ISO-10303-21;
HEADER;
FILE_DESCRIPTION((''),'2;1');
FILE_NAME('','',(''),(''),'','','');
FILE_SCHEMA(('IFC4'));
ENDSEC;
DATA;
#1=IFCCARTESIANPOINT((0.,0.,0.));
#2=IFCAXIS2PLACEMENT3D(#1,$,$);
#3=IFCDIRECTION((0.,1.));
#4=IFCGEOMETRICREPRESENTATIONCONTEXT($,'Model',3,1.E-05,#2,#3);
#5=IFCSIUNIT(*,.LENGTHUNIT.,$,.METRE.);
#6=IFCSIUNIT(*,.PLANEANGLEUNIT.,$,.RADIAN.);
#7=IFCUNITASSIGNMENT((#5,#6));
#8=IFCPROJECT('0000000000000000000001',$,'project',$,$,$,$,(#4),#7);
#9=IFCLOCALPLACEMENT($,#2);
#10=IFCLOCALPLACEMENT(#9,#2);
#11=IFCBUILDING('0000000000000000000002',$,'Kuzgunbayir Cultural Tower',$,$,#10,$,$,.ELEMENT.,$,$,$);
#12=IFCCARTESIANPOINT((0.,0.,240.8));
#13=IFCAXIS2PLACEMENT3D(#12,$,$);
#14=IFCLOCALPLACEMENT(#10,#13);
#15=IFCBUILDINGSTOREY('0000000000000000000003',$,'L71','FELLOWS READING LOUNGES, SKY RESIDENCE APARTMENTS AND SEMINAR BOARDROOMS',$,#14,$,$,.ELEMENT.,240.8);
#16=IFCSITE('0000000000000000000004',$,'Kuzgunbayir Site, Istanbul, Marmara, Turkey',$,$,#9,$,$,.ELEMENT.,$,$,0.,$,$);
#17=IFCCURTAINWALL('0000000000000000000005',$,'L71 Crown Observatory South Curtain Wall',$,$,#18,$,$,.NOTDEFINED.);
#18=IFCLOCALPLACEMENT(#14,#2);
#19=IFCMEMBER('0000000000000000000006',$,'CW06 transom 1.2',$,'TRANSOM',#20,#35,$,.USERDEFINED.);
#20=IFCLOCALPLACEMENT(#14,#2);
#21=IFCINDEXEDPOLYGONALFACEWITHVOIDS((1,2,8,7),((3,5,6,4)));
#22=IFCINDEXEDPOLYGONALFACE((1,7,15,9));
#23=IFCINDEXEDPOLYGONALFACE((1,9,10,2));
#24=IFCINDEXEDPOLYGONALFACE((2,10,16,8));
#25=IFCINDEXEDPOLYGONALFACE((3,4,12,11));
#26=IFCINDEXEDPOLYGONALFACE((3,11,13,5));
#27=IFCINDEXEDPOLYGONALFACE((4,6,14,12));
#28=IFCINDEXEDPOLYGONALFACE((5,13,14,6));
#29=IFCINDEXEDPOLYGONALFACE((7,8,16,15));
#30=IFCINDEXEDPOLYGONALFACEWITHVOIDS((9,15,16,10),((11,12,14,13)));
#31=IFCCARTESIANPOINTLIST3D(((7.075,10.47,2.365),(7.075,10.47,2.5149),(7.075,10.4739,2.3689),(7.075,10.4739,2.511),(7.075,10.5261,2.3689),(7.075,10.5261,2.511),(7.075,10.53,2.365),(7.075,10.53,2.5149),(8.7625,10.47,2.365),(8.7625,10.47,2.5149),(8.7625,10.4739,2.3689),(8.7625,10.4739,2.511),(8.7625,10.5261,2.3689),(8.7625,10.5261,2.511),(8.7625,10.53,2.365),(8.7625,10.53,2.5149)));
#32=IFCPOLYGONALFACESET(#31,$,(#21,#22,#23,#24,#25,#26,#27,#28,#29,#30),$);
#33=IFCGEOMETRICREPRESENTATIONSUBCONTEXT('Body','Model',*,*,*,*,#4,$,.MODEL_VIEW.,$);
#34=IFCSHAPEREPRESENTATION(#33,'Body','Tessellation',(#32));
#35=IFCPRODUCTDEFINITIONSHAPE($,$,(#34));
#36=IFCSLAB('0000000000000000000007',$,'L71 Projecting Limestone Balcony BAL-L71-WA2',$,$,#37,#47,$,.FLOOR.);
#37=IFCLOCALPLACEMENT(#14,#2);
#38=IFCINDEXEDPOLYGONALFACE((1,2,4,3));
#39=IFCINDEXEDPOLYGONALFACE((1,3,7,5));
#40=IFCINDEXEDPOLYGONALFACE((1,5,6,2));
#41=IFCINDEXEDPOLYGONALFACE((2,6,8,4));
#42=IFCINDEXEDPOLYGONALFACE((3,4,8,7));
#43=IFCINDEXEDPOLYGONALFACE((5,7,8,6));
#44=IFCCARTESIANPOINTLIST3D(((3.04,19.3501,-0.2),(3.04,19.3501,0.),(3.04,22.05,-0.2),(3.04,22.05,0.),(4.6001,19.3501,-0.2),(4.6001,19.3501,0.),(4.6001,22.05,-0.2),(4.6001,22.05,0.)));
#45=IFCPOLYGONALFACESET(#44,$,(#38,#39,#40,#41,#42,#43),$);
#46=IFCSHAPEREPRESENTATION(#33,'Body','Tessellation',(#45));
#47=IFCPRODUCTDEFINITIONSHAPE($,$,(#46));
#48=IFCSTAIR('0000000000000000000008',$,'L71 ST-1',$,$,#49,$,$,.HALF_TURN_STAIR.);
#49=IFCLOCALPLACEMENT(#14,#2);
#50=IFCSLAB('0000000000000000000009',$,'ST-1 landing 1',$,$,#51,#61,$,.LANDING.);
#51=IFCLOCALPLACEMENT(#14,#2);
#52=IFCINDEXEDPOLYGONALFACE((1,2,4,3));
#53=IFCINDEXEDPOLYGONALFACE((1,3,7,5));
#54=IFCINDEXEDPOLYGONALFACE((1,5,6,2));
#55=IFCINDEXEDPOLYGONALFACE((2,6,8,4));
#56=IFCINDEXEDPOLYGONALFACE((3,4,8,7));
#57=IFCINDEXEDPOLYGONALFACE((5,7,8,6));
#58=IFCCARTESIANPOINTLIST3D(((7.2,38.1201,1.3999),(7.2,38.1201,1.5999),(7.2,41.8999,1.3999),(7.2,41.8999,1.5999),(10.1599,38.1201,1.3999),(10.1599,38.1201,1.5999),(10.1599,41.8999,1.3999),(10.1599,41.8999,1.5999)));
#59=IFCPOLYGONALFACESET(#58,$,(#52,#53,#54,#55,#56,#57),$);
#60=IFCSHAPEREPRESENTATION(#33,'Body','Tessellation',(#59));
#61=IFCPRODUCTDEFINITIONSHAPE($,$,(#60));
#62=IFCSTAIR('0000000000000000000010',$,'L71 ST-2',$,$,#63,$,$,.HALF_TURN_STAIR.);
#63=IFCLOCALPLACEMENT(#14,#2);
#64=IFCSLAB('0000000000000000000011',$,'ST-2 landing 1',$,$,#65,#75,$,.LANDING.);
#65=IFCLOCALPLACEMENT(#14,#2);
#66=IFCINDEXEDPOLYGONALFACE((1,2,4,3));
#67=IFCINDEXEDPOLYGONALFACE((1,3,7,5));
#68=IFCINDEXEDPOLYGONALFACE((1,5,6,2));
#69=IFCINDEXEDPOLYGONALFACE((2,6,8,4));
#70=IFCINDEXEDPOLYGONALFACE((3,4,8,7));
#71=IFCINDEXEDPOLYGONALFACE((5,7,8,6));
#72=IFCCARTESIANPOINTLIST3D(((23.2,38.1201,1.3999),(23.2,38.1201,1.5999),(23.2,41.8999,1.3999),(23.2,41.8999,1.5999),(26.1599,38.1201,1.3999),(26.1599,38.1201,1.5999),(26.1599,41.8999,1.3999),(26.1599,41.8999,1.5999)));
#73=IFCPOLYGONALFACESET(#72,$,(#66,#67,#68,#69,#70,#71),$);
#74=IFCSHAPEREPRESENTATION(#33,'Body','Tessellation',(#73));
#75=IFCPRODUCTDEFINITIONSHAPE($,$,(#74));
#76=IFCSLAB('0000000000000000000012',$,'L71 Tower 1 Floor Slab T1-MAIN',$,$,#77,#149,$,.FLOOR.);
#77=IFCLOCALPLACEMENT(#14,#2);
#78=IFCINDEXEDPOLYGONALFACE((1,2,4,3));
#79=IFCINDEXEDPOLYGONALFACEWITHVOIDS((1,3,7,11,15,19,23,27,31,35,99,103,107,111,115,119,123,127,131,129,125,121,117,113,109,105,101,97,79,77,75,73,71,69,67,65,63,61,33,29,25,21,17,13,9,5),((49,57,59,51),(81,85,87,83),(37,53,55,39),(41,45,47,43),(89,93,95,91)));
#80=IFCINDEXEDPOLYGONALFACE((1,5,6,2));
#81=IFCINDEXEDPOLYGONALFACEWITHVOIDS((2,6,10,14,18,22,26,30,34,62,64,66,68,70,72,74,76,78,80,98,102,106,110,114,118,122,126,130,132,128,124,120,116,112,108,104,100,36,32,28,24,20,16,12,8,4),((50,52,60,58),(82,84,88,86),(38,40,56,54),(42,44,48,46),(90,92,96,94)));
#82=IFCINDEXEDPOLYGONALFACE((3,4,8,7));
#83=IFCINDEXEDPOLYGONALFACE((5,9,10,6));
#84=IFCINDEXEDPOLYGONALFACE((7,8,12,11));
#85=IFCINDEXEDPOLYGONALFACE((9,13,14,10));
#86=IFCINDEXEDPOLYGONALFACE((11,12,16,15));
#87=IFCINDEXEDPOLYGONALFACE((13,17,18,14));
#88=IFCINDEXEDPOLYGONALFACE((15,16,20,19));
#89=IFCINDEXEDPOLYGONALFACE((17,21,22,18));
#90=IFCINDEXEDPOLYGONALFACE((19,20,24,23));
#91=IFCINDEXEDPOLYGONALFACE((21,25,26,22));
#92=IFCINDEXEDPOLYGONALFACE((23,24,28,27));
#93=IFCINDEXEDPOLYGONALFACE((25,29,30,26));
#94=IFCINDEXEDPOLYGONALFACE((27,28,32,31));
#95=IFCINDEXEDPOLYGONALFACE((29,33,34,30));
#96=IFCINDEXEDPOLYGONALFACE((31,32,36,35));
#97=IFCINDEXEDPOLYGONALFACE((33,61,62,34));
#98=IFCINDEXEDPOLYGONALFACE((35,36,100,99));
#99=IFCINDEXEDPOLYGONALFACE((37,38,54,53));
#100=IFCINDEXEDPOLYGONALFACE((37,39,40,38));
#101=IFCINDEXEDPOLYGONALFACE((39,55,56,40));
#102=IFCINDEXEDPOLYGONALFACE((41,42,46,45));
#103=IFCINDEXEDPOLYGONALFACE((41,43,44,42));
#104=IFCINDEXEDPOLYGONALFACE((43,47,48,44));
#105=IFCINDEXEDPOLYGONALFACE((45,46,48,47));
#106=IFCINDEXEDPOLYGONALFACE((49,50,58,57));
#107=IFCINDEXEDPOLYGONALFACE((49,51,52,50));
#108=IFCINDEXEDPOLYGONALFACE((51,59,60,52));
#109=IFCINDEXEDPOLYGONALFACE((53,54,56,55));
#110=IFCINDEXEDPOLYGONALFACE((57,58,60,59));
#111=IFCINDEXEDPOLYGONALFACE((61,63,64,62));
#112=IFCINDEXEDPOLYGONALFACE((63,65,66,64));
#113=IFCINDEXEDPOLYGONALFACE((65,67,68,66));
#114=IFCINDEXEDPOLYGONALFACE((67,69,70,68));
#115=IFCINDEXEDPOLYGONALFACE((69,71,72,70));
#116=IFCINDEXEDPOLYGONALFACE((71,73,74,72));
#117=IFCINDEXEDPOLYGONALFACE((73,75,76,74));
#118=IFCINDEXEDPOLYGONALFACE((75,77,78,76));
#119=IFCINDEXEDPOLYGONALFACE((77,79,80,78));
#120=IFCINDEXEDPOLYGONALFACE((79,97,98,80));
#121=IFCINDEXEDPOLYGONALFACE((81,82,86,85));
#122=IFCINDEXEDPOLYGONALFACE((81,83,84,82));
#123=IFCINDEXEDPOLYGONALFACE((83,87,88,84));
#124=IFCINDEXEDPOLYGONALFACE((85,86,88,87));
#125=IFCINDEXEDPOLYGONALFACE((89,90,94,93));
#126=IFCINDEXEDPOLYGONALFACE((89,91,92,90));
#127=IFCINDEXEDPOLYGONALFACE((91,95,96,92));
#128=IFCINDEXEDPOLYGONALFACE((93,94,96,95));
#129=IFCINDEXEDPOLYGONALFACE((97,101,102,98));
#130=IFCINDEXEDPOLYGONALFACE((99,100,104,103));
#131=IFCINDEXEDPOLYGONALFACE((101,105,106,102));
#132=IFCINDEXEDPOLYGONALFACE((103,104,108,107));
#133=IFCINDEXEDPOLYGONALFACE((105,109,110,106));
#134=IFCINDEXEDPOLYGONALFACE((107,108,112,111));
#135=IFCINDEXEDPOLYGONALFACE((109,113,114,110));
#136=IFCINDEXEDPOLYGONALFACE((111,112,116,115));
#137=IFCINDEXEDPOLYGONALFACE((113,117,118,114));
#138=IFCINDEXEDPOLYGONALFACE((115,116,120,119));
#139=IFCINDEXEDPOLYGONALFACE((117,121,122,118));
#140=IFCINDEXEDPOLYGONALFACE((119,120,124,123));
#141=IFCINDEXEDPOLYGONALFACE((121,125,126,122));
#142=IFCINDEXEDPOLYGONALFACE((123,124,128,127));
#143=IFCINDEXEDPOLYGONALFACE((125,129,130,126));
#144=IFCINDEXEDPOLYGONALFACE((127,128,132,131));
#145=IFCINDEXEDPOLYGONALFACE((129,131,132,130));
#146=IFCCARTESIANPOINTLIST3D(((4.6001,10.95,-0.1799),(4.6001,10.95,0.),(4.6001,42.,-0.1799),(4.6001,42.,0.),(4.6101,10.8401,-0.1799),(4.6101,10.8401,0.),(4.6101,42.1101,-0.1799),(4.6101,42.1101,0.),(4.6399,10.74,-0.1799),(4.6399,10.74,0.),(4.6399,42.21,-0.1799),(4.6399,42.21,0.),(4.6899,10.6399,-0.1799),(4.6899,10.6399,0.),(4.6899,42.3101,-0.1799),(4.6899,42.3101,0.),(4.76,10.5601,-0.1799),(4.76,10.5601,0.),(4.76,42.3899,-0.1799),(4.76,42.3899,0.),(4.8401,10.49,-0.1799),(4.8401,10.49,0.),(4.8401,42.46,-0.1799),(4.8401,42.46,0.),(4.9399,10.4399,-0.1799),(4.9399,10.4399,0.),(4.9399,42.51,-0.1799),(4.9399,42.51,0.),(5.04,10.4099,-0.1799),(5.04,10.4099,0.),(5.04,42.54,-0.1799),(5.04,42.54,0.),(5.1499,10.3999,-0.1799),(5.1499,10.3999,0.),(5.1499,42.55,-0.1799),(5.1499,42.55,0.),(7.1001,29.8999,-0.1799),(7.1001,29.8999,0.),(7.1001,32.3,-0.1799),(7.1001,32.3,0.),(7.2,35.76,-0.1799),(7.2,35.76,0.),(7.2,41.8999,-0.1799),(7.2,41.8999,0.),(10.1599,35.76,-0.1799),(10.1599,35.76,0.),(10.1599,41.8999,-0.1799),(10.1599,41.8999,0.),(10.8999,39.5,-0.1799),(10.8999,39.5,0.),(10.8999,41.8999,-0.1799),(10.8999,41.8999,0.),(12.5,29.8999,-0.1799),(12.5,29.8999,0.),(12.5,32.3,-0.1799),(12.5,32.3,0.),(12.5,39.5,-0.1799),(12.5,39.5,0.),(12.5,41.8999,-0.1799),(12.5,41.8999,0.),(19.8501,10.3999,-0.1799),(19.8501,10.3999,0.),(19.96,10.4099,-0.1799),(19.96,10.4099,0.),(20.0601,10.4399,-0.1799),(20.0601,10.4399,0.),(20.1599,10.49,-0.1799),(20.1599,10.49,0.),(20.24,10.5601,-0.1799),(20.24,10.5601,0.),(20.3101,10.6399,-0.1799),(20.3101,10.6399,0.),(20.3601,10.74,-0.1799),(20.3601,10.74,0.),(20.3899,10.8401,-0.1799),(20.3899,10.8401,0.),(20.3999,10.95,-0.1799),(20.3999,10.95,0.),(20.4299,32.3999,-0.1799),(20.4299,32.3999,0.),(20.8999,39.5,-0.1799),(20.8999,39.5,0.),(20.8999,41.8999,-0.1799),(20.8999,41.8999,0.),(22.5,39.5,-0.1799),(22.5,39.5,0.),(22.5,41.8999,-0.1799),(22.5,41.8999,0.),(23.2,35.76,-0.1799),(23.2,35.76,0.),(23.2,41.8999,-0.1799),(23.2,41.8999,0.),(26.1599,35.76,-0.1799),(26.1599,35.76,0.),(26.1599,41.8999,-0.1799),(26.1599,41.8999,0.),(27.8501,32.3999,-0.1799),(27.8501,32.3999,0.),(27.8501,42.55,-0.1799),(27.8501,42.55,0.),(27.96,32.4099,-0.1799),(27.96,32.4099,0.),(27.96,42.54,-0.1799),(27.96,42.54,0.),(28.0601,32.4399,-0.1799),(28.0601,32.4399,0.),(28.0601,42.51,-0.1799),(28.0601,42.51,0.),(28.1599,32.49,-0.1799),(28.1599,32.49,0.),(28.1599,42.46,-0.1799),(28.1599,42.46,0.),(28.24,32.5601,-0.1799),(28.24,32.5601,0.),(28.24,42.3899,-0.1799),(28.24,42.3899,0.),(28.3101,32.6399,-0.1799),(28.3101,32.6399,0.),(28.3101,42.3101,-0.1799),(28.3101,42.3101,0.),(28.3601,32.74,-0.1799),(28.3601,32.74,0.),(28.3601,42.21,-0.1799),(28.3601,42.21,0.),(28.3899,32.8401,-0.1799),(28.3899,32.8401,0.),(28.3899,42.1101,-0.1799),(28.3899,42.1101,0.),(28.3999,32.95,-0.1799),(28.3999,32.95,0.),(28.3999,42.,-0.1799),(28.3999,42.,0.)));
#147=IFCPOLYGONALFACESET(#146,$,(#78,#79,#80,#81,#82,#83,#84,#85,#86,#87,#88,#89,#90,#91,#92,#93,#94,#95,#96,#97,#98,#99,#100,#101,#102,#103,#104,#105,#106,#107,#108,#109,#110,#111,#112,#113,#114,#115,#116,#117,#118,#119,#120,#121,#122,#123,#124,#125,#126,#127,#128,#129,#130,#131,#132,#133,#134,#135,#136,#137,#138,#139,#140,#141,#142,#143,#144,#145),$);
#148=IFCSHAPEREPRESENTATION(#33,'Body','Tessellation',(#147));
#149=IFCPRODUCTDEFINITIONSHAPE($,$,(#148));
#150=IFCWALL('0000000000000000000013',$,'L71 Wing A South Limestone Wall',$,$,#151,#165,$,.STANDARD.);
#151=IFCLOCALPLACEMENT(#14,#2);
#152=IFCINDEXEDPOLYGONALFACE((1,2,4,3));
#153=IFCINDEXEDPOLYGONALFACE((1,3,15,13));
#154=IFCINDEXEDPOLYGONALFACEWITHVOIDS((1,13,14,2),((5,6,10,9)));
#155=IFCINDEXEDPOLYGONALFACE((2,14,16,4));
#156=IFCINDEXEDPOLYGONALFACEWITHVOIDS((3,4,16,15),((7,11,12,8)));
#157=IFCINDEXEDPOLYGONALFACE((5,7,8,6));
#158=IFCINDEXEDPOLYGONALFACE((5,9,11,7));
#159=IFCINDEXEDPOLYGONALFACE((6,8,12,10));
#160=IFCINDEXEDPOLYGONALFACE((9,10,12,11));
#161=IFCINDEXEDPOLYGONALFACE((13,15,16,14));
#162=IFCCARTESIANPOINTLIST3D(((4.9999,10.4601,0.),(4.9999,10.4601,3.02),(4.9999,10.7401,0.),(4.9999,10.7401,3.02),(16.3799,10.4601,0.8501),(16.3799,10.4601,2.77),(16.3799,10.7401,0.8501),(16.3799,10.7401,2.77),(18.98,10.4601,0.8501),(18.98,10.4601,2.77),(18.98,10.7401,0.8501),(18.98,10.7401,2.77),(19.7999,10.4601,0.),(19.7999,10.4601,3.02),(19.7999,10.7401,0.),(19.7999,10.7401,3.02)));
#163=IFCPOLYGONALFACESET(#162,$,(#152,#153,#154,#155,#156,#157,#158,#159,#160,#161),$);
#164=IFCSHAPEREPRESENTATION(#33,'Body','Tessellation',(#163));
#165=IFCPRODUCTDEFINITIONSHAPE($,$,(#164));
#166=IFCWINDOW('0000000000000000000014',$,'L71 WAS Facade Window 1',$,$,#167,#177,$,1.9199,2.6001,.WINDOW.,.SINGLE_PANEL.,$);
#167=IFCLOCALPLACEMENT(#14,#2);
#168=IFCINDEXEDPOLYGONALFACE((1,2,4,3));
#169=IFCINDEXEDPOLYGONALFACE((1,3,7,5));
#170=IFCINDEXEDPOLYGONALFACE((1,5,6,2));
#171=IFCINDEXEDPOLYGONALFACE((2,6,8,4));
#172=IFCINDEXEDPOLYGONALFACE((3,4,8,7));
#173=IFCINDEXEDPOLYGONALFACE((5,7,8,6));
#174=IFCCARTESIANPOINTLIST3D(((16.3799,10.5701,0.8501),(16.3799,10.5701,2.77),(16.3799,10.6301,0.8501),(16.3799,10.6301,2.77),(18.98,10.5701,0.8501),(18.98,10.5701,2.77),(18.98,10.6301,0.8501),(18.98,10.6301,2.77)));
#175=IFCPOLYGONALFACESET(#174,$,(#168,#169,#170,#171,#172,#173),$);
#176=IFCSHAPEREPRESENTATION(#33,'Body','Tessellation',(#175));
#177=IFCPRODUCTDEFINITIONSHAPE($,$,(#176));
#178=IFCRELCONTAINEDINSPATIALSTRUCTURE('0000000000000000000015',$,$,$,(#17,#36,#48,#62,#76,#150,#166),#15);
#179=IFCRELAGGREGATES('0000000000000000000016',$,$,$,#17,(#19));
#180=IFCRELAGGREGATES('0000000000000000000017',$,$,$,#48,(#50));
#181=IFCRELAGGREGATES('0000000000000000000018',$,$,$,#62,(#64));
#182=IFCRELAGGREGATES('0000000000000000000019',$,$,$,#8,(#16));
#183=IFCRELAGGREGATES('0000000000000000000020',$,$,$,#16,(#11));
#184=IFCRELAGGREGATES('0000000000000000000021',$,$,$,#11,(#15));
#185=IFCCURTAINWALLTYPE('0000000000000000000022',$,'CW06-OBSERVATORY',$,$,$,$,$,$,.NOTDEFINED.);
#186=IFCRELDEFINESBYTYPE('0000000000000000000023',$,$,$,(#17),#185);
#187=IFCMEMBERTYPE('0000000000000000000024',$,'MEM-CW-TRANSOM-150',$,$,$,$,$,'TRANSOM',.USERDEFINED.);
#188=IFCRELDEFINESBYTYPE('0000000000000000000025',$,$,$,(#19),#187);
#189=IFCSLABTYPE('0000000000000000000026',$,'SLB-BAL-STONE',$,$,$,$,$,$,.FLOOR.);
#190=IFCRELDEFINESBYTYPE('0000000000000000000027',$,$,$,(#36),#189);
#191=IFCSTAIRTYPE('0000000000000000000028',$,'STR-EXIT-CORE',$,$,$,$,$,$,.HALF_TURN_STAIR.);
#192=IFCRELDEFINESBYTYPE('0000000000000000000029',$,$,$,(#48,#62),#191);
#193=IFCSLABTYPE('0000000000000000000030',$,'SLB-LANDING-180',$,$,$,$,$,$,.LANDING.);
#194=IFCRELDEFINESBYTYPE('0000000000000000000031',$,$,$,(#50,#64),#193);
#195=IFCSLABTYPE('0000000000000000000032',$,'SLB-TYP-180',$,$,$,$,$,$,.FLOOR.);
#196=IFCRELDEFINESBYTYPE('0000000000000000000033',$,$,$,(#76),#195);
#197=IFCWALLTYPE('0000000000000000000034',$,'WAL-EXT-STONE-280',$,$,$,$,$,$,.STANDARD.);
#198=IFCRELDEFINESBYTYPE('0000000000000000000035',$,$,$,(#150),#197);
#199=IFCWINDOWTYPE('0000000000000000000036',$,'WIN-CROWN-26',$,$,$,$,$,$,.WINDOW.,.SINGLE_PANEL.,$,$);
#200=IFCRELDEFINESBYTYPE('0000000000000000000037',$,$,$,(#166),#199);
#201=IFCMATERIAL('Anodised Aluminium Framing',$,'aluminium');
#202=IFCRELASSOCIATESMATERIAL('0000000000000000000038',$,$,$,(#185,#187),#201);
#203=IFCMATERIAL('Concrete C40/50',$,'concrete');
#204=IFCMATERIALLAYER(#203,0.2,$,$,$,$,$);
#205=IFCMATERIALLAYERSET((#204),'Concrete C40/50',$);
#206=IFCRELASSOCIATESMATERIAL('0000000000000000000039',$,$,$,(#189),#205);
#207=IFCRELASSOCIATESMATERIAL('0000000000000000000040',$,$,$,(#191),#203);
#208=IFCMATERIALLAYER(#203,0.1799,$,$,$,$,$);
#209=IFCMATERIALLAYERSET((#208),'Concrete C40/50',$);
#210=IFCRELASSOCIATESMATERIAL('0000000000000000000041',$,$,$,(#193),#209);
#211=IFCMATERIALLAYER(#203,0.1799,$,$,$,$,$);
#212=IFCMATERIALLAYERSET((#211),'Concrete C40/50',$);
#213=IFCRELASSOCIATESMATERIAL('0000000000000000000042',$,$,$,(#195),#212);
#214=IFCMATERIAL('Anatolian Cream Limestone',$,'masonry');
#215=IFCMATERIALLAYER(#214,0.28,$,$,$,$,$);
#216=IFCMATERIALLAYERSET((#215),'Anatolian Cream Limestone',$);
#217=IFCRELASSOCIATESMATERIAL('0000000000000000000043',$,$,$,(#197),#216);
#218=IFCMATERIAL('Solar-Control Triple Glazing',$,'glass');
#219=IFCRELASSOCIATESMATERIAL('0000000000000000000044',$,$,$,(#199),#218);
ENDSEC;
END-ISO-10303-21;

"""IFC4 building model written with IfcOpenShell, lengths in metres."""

from ifc_helpers import new_model, si_unit, direction, frame, frame_2d, origin, origin_2d, place, context, subcontext, project, spatial, polyline, rectangle, hollow_rectangle, outline, extrude, material, layer, layer_set, material_profile, profile_set, type_object, element, fill, aggregate, save


model = new_model("IFC4")

# Units and contexts
model_context = context("Model", 3, precision=1e-05, world=origin(), true_north=direction((0.0, 1.0)))
body_context = subcontext(model_context, "Body", "Model", "MODEL_VIEW")
ifc_project = project(units=[si_unit("LENGTHUNIT", "METRE"), si_unit("PLANEANGLEUNIT", "RADIAN")], contexts=[model_context])

# Site, building, storey
site_placement = place(None, origin())
site = spatial("IfcSite", under=ifc_project, at=site_placement, Name="Kuzgunbayir Site, Istanbul, Marmara, Turkey", CompositionType="ELEMENT", RefElevation=0.0)
building_placement = place(site_placement, origin())
building = spatial("IfcBuilding", under=site, at=building_placement, Name="Kuzgunbayir Cultural Tower", CompositionType="ELEMENT")
storey_placement = place(building_placement, frame((0.0, 0.0, 240.8)))
storey = spatial("IfcBuildingStorey", under=building, at=storey_placement, Name="L71", Description="FELLOWS READING LOUNGES, SKY RESIDENCE APARTMENTS AND SEMINAR BOARDROOMS", CompositionType="ELEMENT", Elevation=240.8)

# Curtain wall, member
ifc_material_1 = material(Name="Anodised Aluminium Framing", Category="aluminium")
curtain_wall_type = type_object("IfcCurtainWallType", Name="CW06-OBSERVATORY", PredefinedType="NOTDEFINED", material=ifc_material_1)
curtain_wall_placement = place(storey_placement, origin())
curtain_wall = element("IfcCurtainWall", 1, at=curtain_wall_placement, inside=storey, type_object=curtain_wall_type, Name="L71 Crown Observatory South Curtain Wall", PredefinedType="NOTDEFINED")
ifc_material_profile_1 = material_profile(ifc_material_1, hollow_rectangle(XDim=0.0601, YDim=0.1499, WallThickness=0.0039, at=origin_2d()), Name="RHS 150x60x4")
ifc_profile_set_1 = profile_set([ifc_material_profile_1], Name="Anodised Aluminium Framing")
member_type_1 = type_object("IfcMemberType", Name="MEM-CW-TRANSOM-150", ElementType="TRANSOM", PredefinedType="USERDEFINED", material=ifc_profile_set_1)
member_1_placement = place(storey_placement, frame((7.075, 10.5, 2.4399), z_axis=(1.0, 0.0, 0.0), x_axis=(0.0, 1.0, 0.0)))
member_1 = element("IfcMember", 2, at=member_1_placement, type_object=member_type_1, Name="CW06 transom 1.2", ObjectType="TRANSOM", PredefinedType="USERDEFINED", context=body_context, shape_type="SweptSolid", body=[
    extrude(hollow_rectangle(XDim=0.0601, YDim=0.1499, WallThickness=0.0039, at=origin_2d()), origin(), (0.0, 0.0, 1.0), 1.6875),
])
aggregate(curtain_wall, [member_1])

# Slab
ifc_material_2 = material(Name="Concrete C40/50", Category="concrete")
ifc_layer_1 = layer(ifc_material_2, 0.2)
ifc_layer_set_1 = layer_set([ifc_layer_1], Name="Concrete C40/50")
slab_type_1 = type_object("IfcSlabType", Name="SLB-BAL-STONE", PredefinedType="FLOOR", material=ifc_layer_set_1)
slab_1_placement = place(storey_placement, frame((0.0, 0.0, -0.2)))
element("IfcSlab", 3, at=slab_1_placement, inside=storey, type_object=slab_type_1, Name="L71 Projecting Limestone Balcony BAL-L71-WA2", PredefinedType="FLOOR", context=body_context, shape_type="SweptSolid", body=[
    extrude(outline(polyline([(3.04, 19.3501), (4.6001, 19.3501), (4.6001, 22.05), (3.04, 22.05), (3.04, 19.3501)])), origin(), (0.0, 0.0, 1.0), 0.2),
])

# Stairs, slabs
stair_type = type_object("IfcStairType", Name="STR-EXIT-CORE", PredefinedType="HALF_TURN_STAIR", material=ifc_material_2)
stair_1_placement = place(storey_placement, origin())
stair_1 = element("IfcStair", 4, at=stair_1_placement, inside=storey, type_object=stair_type, Name="L71 ST-1", PredefinedType="HALF_TURN_STAIR")
ifc_layer_2 = layer(ifc_material_2, 0.1799)
ifc_layer_set_2 = layer_set([ifc_layer_2], Name="Concrete C40/50")
slab_type_2 = type_object("IfcSlabType", Name="SLB-LANDING-180", PredefinedType="LANDING", material=ifc_layer_set_2)
slab_2_placement = place(storey_placement, frame((0.0, 0.0, 1.3999)))
slab_2 = element("IfcSlab", 5, at=slab_2_placement, type_object=slab_type_2, Name="ST-1 landing 1", PredefinedType="LANDING", context=body_context, shape_type="SweptSolid", body=[
    extrude(outline(polyline([(10.1599, 38.1201), (10.1599, 41.8999), (7.2, 41.8999), (7.2, 38.1201), (10.1599, 38.1201)])), origin(), (0.0, 0.0, 1.0), 0.2),
])
aggregate(stair_1, [slab_2])
stair_2_placement = place(storey_placement, origin())
stair_2 = element("IfcStair", 6, at=stair_2_placement, inside=storey, type_object=stair_type, Name="L71 ST-2", PredefinedType="HALF_TURN_STAIR")
slab_3_placement = place(storey_placement, frame((0.0, 0.0, 1.3999)))
slab_3 = element("IfcSlab", 7, at=slab_3_placement, type_object=slab_type_2, Name="ST-2 landing 1", PredefinedType="LANDING", context=body_context, shape_type="SweptSolid", body=[
    extrude(outline(polyline([(26.1599, 38.1201), (26.1599, 41.8999), (23.2, 41.8999), (23.2, 38.1201), (26.1599, 38.1201)])), origin(), (0.0, 0.0, 1.0), 0.2),
])
aggregate(stair_2, [slab_3])

# Slab
ifc_layer_3 = layer(ifc_material_2, 0.1799)
ifc_layer_set_3 = layer_set([ifc_layer_3], Name="Concrete C40/50")
slab_type_3 = type_object("IfcSlabType", Name="SLB-TYP-180", PredefinedType="FLOOR", material=ifc_layer_set_3)
slab_4_placement = place(storey_placement, frame((0.0, 0.0, -0.1799)))
element("IfcSlab", 8, at=slab_4_placement, inside=storey, type_object=slab_type_3, Name="L71 Tower 1 Floor Slab T1-MAIN", PredefinedType="FLOOR", context=body_context, shape_type="SweptSolid", body=[
    extrude(outline(polyline([(20.3999, 10.95), (20.3899, 10.8401), (20.3601, 10.74), (20.3101, 10.6399), (20.24, 10.5601), (20.1599, 10.49), (20.0601, 10.4399), (19.96, 10.4099), (19.8501, 10.3999), (5.1499, 10.3999), (5.04, 10.4099), (4.9399, 10.4399), (4.8401, 10.49), (4.76, 10.5601), (4.6899, 10.6399), (4.6399, 10.74), (4.6101, 10.8401), (4.6001, 10.95), (4.6001, 42.0), (4.6101, 42.1101), (4.6399, 42.21), (4.6899, 42.3101), (4.76, 42.3899), (4.8401, 42.46), (4.9399, 42.51), (5.04, 42.54), (5.1499, 42.55), (27.8501, 42.55), (27.96, 42.54), (28.0601, 42.51), (28.1599, 42.46), (28.24, 42.3899), (28.3101, 42.3101), (28.3601, 42.21), (28.3899, 42.1101), (28.3999, 42.0), (28.3999, 32.95), (28.3899, 32.8401), (28.3601, 32.74), (28.3101, 32.6399), (28.24, 32.5601), (28.1599, 32.49), (28.0601, 32.4399), (27.96, 32.4099), (27.8501, 32.3999), (20.4299, 32.3999), (20.3999, 10.95)]), holes=[polyline([(7.2, 35.76), (7.2, 41.8999), (10.1599, 41.8999), (10.1599, 35.76), (7.2, 35.76)]), polyline([(23.2, 35.76), (23.2, 41.8999), (26.1599, 41.8999), (26.1599, 35.76), (23.2, 35.76)]), polyline([(7.1001, 29.8999), (7.1001, 32.3), (12.5, 32.3), (12.5, 29.8999), (7.1001, 29.8999)]), polyline([(10.8999, 39.5), (10.8999, 41.8999), (12.5, 41.8999), (12.5, 39.5), (10.8999, 39.5)]), polyline([(20.8999, 39.5), (20.8999, 41.8999), (22.5, 41.8999), (22.5, 39.5), (20.8999, 39.5)])]), origin(), (0.0, 0.0, 1.0), 0.1799),
])

# Wall, opening, window
ifc_material_3 = material(Name="Anatolian Cream Limestone", Category="masonry")
ifc_layer_4 = layer(ifc_material_3, 0.28)
ifc_layer_set_4 = layer_set([ifc_layer_4], Name="Anatolian Cream Limestone")
wall_type_1 = type_object("IfcWallType", Name="WAL-EXT-STONE-280", PredefinedType="STANDARD", material=ifc_layer_set_4)
wall_1_placement = place(storey_placement, frame((5.0, 10.6001, 0.0), z_axis=(0.0, 0.0, 1.0), x_axis=(1.0, 0.0, 0.0)))
wall_1 = element("IfcWall", 9, at=wall_1_placement, inside=storey, type_object=wall_type_1, Name="L71 Wing A South Limestone Wall", PredefinedType="STANDARD", context=body_context, shape_type="SweptSolid", body=[
    extrude(rectangle(XDim=14.8, YDim=0.28, at=frame_2d((7.3999, 0.0))), origin(), (0.0, 0.0, 1.0), 3.02),
])
opening_1_placement = place(wall_1_placement, frame((11.3799, 0.0, 0.8501)))
opening_1 = element("IfcOpeningElement", 10, at=opening_1_placement, cuts=wall_1, PredefinedType="OPENING", context=body_context, shape_type="SweptSolid", body=[
    extrude(rectangle(XDim=2.6001, YDim=1.9199, at=frame_2d((1.3, 0.96))), frame((0.0, 0.1499, 0.0), z_axis=(0.0, -1.0, 0.0), x_axis=(1.0, 0.0, 0.0)), (0.0, 0.0, 1.0), 0.3),
])
ifc_material_4 = material(Name="Solar-Control Triple Glazing", Category="glass")
window_type = type_object("IfcWindowType", Name="WIN-CROWN-26", PartitioningType="SINGLE_PANEL", PredefinedType="WINDOW", material=ifc_material_4)
window_placement = place(opening_1_placement, origin())
window = element("IfcWindow", 11, at=window_placement, inside=storey, type_object=window_type, Name="L71 WAS Facade Window 1", OverallHeight=1.9199, OverallWidth=2.6001, PartitioningType="SINGLE_PANEL", PredefinedType="WINDOW", context=body_context, shape_type="SweptSolid", body=[
    extrude(rectangle(XDim=2.6001, YDim=1.9199, at=frame_2d((1.3, 0.96))), frame((0.0, 0.03, 0.0), z_axis=(0.0, -1.0, 0.0), x_axis=(1.0, 0.0, 0.0)), (0.0, 0.0, 1.0), 0.0601),
])
fill(opening_1, window)

save(model, "model.ifc")
